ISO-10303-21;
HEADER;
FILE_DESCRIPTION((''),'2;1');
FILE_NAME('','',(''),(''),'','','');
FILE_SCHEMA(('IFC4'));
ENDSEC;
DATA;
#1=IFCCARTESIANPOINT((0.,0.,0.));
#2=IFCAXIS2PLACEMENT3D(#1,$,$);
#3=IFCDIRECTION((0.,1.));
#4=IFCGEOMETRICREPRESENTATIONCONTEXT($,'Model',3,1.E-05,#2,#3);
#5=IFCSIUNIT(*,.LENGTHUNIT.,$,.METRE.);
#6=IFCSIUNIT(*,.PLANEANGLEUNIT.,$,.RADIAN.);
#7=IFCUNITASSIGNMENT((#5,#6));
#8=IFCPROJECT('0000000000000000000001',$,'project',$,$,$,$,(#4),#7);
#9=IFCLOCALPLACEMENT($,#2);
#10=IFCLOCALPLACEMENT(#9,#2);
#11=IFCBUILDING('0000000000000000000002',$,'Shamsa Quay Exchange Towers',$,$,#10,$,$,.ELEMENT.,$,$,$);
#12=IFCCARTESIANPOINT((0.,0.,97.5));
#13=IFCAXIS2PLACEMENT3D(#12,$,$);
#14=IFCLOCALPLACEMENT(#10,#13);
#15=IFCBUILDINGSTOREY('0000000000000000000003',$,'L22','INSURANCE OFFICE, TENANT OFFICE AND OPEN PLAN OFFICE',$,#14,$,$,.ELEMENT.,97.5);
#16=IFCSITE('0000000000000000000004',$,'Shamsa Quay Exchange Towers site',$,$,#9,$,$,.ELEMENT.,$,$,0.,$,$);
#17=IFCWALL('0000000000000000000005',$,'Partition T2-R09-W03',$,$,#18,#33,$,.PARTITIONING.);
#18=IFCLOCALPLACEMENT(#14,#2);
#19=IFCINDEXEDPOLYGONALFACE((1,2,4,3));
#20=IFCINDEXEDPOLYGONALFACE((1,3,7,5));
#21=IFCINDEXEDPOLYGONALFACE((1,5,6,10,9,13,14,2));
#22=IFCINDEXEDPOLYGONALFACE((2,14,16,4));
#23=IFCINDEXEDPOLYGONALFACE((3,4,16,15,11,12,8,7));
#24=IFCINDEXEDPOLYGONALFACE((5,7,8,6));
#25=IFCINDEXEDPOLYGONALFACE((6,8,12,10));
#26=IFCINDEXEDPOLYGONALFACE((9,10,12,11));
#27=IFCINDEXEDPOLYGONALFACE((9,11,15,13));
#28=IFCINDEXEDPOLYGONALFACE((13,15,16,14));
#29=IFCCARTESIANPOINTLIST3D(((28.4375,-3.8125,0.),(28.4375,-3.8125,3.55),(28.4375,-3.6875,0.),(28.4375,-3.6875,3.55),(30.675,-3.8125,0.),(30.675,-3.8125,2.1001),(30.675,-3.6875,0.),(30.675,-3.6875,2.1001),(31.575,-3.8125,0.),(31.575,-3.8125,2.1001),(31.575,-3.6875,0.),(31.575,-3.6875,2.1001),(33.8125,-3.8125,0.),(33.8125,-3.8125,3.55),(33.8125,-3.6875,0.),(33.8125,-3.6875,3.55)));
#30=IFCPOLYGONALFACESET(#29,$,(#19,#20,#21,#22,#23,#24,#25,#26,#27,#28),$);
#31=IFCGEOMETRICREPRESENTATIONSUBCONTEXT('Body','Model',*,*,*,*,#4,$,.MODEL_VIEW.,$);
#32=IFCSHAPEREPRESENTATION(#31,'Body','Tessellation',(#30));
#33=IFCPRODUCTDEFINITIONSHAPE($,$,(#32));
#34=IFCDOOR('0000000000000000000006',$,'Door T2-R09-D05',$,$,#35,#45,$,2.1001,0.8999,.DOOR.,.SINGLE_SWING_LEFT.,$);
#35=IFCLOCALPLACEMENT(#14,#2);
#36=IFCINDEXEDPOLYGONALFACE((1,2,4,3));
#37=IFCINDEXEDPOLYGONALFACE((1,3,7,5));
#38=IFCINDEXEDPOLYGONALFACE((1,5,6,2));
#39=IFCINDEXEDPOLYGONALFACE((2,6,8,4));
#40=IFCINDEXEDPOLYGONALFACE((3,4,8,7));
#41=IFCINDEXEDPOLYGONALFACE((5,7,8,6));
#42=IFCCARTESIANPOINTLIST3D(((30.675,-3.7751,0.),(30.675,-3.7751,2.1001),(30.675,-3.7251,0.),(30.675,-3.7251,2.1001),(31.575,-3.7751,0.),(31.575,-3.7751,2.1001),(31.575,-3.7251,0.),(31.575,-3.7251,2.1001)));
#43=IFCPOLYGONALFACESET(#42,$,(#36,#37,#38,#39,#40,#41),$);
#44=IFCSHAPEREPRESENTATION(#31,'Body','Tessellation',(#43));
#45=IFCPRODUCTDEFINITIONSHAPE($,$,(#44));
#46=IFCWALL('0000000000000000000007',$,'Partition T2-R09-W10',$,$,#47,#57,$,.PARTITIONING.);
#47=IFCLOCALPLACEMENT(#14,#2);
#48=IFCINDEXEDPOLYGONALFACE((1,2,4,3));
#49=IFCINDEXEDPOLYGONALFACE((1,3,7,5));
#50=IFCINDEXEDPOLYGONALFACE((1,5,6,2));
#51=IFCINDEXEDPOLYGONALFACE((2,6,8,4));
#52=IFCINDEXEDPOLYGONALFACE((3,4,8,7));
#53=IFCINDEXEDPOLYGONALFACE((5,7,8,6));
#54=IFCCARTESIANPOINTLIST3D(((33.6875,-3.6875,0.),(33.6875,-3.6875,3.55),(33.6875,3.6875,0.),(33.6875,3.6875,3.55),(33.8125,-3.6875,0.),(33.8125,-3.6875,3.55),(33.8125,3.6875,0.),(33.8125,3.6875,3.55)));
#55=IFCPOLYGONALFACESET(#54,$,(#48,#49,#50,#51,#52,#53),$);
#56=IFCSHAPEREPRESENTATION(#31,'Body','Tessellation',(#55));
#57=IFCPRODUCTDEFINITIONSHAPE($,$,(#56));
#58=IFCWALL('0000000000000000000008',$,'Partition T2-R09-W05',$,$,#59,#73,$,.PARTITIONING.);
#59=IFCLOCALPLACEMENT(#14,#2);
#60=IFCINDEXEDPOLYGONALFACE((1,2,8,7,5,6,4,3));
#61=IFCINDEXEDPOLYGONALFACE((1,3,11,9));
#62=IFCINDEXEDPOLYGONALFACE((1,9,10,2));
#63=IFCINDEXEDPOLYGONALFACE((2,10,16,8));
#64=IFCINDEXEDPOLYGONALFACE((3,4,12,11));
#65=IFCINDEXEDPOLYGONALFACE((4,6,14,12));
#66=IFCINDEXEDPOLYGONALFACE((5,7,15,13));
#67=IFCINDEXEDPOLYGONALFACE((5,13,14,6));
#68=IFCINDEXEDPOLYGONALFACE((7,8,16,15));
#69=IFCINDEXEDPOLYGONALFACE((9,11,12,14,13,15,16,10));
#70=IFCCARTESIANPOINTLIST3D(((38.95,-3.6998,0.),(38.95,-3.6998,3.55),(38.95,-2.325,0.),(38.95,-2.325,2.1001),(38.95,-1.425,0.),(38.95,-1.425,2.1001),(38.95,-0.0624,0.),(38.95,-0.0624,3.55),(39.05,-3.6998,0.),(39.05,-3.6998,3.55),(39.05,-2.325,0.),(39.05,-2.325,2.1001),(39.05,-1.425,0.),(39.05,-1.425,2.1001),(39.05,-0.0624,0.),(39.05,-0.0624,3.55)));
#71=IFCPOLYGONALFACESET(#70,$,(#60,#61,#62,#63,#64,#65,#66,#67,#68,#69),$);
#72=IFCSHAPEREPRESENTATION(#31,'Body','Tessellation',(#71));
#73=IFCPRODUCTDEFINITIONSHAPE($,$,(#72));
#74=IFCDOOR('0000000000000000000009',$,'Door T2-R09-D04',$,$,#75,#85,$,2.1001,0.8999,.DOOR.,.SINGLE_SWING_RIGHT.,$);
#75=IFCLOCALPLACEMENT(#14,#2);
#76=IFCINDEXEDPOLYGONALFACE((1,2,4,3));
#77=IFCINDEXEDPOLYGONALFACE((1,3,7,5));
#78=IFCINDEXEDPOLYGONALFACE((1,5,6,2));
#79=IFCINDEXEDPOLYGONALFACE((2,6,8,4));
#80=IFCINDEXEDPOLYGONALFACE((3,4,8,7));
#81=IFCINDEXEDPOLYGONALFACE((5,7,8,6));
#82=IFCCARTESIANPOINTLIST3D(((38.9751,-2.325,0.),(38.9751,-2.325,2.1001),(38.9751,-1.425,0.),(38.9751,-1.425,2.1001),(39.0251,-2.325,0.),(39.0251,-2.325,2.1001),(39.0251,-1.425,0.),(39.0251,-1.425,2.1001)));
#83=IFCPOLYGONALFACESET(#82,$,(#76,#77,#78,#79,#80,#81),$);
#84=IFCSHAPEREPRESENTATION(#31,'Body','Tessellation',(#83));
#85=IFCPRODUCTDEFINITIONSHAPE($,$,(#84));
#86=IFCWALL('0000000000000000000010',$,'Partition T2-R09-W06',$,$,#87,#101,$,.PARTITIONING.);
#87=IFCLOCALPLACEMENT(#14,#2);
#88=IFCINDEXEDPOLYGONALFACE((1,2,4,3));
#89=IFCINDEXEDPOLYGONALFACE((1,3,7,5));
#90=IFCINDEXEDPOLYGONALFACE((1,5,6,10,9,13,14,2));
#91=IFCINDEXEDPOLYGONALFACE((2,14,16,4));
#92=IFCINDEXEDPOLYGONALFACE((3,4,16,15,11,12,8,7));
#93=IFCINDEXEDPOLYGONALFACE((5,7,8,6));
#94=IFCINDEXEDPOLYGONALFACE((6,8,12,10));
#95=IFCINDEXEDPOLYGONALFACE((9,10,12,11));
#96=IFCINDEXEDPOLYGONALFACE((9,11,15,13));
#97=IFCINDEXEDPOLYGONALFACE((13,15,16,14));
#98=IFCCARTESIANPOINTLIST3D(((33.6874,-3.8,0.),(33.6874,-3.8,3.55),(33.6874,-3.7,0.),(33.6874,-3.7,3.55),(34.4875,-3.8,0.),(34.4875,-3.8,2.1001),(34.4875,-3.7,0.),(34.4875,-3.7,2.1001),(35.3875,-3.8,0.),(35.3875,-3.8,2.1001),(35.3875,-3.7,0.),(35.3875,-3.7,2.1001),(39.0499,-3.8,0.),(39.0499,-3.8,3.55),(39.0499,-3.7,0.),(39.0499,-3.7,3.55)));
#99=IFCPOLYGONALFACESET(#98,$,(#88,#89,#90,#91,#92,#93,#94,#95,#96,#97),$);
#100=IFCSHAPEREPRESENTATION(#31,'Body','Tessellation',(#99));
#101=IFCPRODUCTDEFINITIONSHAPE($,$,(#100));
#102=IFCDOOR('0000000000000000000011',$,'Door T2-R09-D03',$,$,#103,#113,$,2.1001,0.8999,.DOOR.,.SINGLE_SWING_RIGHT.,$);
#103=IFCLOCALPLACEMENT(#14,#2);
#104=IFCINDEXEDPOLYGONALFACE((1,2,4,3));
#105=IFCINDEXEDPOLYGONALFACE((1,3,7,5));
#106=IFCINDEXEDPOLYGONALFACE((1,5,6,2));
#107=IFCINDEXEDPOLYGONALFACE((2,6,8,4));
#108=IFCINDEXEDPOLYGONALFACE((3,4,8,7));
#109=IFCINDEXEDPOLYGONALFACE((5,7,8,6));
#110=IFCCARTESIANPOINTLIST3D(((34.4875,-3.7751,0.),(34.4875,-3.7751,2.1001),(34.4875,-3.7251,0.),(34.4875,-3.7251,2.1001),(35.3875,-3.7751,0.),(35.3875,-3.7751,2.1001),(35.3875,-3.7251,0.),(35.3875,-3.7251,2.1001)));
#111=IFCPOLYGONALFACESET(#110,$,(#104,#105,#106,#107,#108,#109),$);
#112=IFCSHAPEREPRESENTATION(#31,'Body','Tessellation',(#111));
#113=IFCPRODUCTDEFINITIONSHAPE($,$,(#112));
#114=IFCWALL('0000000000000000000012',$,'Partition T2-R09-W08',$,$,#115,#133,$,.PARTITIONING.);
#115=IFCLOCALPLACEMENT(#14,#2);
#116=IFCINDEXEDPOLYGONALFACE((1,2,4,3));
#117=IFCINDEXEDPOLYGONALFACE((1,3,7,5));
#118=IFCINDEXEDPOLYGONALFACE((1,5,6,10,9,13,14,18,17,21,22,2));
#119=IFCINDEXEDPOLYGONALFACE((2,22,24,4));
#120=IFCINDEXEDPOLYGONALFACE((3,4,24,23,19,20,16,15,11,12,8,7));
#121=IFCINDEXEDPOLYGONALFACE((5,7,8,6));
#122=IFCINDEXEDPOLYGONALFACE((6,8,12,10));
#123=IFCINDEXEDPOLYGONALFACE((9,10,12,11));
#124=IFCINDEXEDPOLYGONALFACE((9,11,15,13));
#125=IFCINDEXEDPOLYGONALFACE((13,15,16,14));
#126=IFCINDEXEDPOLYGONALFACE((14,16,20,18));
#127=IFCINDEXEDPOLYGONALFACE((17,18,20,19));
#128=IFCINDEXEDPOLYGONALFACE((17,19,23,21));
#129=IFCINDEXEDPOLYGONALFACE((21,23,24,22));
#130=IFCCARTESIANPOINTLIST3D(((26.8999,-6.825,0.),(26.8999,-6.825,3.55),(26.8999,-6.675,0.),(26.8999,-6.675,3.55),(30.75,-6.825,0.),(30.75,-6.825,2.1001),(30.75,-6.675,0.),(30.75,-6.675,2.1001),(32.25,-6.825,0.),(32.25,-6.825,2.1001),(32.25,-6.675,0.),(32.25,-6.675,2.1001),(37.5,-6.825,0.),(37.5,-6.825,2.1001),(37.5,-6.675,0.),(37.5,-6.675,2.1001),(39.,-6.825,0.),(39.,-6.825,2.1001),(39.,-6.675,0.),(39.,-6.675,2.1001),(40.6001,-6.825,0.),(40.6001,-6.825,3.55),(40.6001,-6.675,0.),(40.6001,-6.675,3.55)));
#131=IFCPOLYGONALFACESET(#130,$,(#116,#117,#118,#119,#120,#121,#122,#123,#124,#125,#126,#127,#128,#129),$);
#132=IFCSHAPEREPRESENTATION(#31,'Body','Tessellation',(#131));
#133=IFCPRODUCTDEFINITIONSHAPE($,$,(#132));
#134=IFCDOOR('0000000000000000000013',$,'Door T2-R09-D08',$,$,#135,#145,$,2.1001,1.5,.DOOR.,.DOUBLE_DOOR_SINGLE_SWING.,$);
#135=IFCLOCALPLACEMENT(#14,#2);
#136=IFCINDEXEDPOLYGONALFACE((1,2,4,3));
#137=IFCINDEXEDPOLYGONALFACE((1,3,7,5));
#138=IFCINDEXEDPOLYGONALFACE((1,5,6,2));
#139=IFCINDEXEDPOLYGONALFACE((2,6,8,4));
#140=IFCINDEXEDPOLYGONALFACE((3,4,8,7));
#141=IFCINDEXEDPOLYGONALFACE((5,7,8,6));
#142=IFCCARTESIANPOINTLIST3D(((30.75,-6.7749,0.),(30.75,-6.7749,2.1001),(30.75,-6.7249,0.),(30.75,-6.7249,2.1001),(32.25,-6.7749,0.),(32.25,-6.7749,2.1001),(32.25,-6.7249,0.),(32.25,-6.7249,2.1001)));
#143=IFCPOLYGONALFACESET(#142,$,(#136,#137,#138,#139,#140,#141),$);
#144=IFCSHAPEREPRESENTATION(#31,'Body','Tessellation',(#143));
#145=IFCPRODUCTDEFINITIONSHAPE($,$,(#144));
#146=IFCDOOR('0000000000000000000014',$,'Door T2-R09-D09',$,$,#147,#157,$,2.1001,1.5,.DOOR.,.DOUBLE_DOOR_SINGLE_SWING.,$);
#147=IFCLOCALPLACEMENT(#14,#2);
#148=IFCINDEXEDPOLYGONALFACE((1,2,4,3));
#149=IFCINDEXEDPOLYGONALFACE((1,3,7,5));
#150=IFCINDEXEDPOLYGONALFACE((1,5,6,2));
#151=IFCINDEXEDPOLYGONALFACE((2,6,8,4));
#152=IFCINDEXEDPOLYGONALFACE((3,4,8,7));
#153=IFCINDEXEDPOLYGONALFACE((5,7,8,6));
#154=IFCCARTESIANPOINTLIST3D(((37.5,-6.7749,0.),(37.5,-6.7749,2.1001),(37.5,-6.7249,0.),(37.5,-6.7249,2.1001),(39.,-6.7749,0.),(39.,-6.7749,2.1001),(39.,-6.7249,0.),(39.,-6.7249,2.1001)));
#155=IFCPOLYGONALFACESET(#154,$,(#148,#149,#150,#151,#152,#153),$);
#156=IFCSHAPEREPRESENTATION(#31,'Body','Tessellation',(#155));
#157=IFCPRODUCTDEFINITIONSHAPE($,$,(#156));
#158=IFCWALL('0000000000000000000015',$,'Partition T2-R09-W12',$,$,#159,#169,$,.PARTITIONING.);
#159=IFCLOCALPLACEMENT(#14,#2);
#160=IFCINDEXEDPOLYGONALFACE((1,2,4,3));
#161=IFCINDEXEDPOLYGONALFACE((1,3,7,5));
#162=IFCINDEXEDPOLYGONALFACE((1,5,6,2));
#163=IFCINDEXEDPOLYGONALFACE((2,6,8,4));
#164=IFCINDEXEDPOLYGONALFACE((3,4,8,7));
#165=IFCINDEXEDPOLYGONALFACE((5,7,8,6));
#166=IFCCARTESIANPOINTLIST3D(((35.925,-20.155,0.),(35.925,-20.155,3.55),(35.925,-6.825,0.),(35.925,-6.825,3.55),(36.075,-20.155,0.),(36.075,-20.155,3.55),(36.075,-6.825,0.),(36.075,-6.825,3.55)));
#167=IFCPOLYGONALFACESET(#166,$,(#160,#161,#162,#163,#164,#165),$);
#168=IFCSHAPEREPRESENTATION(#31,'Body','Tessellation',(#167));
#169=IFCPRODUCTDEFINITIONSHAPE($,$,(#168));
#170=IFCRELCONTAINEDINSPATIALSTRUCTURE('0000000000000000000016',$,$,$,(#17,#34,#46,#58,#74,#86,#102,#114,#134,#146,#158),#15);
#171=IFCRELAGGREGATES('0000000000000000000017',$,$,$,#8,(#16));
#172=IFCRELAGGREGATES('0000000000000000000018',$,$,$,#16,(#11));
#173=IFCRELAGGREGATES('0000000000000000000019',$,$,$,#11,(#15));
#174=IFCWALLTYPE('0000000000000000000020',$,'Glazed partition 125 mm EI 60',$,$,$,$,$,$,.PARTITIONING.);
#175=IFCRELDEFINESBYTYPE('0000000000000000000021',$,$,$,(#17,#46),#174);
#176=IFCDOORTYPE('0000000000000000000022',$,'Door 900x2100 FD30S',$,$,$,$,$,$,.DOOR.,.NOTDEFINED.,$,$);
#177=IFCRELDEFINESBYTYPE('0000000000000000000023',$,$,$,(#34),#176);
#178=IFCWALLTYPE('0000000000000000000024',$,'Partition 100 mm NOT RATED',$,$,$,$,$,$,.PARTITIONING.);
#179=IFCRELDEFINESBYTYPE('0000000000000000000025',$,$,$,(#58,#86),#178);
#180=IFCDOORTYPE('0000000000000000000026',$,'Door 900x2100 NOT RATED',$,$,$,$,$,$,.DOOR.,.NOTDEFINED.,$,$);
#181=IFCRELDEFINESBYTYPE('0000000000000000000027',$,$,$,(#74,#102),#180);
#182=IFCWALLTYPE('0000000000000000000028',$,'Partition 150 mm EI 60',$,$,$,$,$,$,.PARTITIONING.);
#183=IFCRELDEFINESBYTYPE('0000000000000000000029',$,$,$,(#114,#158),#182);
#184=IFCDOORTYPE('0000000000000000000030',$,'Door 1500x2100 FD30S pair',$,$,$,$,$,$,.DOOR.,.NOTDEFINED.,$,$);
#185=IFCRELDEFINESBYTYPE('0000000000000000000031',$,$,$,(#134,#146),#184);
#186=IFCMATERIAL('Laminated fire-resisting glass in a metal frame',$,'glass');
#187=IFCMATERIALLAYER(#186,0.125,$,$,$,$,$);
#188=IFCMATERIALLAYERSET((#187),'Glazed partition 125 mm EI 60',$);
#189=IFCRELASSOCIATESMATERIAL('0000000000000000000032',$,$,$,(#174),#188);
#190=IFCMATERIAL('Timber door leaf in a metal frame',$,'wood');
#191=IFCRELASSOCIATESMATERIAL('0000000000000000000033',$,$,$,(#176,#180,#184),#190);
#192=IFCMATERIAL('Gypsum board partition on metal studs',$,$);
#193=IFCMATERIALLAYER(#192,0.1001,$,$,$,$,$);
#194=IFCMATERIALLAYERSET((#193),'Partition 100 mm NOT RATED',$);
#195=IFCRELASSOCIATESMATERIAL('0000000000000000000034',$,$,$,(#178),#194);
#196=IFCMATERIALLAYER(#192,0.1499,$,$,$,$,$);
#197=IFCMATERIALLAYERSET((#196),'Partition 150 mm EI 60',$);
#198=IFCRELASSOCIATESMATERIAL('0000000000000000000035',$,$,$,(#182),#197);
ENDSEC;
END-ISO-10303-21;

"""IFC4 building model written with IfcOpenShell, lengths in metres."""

from ifc_helpers import new_model, si_unit, direction, frame, frame_2d, origin, place, context, subcontext, project, spatial, rectangle, extrude, material, layer, layer_set, type_object, element, fill, save


model = new_model("IFC4")

# Units and contexts
model_context = context("Model", 3, precision=1e-05, world=origin(), true_north=direction((0.0, 1.0)))
body_context = subcontext(model_context, "Body", "Model", "MODEL_VIEW")
ifc_project = project(units=[si_unit("LENGTHUNIT", "METRE"), si_unit("PLANEANGLEUNIT", "RADIAN")], contexts=[model_context])

# Site, building, storey
site_placement = place(None, origin())
site = spatial("IfcSite", under=ifc_project, at=site_placement, Name="Shamsa Quay Exchange Towers site", CompositionType="ELEMENT", RefElevation=0.0)
building_placement = place(site_placement, origin())
building = spatial("IfcBuilding", under=site, at=building_placement, Name="Shamsa Quay Exchange Towers", CompositionType="ELEMENT")
storey_placement = place(building_placement, frame((0.0, 0.0, 97.5)))
storey = spatial("IfcBuildingStorey", under=building, at=storey_placement, Name="L22", Description="INSURANCE OFFICE, TENANT OFFICE AND OPEN PLAN OFFICE", CompositionType="ELEMENT", Elevation=97.5)

# Wall, opening, door
ifc_material_1 = material(Name="Laminated fire-resisting glass in a metal frame", Category="glass")
ifc_layer_1 = layer(ifc_material_1, 0.125)
ifc_layer_set_1 = layer_set([ifc_layer_1], Name="Glazed partition 125 mm EI 60")
wall_type_1 = type_object("IfcWallType", Name="Glazed partition 125 mm EI 60", PredefinedType="PARTITIONING", material=ifc_layer_set_1)
wall_1_placement = place(storey_placement, frame((28.4375, -3.75, 0.0)))
wall_1 = element("IfcWall", 1, at=wall_1_placement, inside=storey, type_object=wall_type_1, Name="Partition T2-R09-W03", PredefinedType="PARTITIONING", context=body_context, shape_type="SweptSolid", body=[
    extrude(rectangle(XDim=5.375, YDim=0.125, at=frame_2d((2.6875, 0.0))), origin(), (0.0, 0.0, 1.0), 3.55),
])
opening_1_placement = place(wall_1_placement, frame((2.2375, 0.0, 0.0)))
opening_1 = element("IfcOpeningElement", 2, at=opening_1_placement, cuts=wall_1, PredefinedType="OPENING", context=body_context, shape_type="SweptSolid", body=[
    extrude(rectangle(XDim=0.8999, YDim=2.1001, at=frame_2d((0.45, 1.05))), frame((0.0, 0.0725, 0.0), z_axis=(0.0, -1.0, 0.0), x_axis=(1.0, 0.0, 0.0)), (0.0, 0.0, 1.0), 0.145),
])
ifc_material_2 = material(Name="Timber door leaf in a metal frame", Category="wood")
door_type_1 = type_object("IfcDoorType", Name="Door 900x2100 FD30S", OperationType="NOTDEFINED", PredefinedType="DOOR", material=ifc_material_2)
door_1_placement = place(opening_1_placement, origin())
door_1 = element("IfcDoor", 3, at=door_1_placement, inside=storey, type_object=door_type_1, Name="Door T2-R09-D05", OperationType="SINGLE_SWING_LEFT", OverallHeight=2.1001, OverallWidth=0.8999, PredefinedType="DOOR", context=body_context, shape_type="SweptSolid", body=[
    extrude(rectangle(XDim=0.8999, YDim=2.1001, at=frame_2d((0.45, 1.05))), frame((0.0, 0.0249, 0.0), z_axis=(0.0, -1.0, 0.0), x_axis=(1.0, 0.0, 0.0)), (0.0, 0.0, 1.0), 0.05),
])
fill(opening_1, door_1)

# Wall
wall_2_placement = place(storey_placement, frame((33.75, -3.6875, 0.0), z_axis=(0.0, 0.0, 1.0), x_axis=(0.0, 1.0, 0.0)))
element("IfcWall", 4, at=wall_2_placement, inside=storey, type_object=wall_type_1, Name="Partition T2-R09-W10", PredefinedType="PARTITIONING", context=body_context, shape_type="SweptSolid", body=[
    extrude(rectangle(XDim=7.375, YDim=0.125, at=frame_2d((3.6875, 0.0))), origin(), (0.0, 0.0, 1.0), 3.55),
])

# Walls, openings, doors
ifc_material_3 = material(Name="Gypsum board partition on metal studs")
ifc_layer_2 = layer(ifc_material_3, 0.1001)
ifc_layer_set_2 = layer_set([ifc_layer_2], Name="Partition 100 mm NOT RATED")
wall_type_2 = type_object("IfcWallType", Name="Partition 100 mm NOT RATED", PredefinedType="PARTITIONING", material=ifc_layer_set_2)
wall_3_placement = place(storey_placement, frame((39.0, -3.7, 0.0), z_axis=(0.0, 0.0, 1.0), x_axis=(0.0, 1.0, 0.0)))
wall_3 = element("IfcWall", 5, at=wall_3_placement, inside=storey, type_object=wall_type_2, Name="Partition T2-R09-W05", PredefinedType="PARTITIONING", context=body_context, shape_type="SweptSolid", body=[
    extrude(rectangle(XDim=3.6375, YDim=0.1001, at=frame_2d((1.8188, 0.0))), origin(), (0.0, 0.0, 1.0), 3.55),
])
opening_2_placement = place(wall_3_placement, frame((1.375, 0.0, 0.0)))
opening_2 = element("IfcOpeningElement", 6, at=opening_2_placement, cuts=wall_3, PredefinedType="OPENING", context=body_context, shape_type="SweptSolid", body=[
    extrude(rectangle(XDim=0.8999, YDim=2.1001, at=frame_2d((0.45, 1.05))), frame((0.0, 0.0601, 0.0), z_axis=(0.0, -1.0, 0.0), x_axis=(1.0, 0.0, 0.0)), (0.0, 0.0, 1.0), 0.1201),
])
door_type_2 = type_object("IfcDoorType", Name="Door 900x2100 NOT RATED", OperationType="NOTDEFINED", PredefinedType="DOOR", material=ifc_material_2)
door_2_placement = place(opening_2_placement, origin())
door_2 = element("IfcDoor", 7, at=door_2_placement, inside=storey, type_object=door_type_2, Name="Door T2-R09-D04", OperationType="SINGLE_SWING_RIGHT", OverallHeight=2.1001, OverallWidth=0.8999, PredefinedType="DOOR", context=body_context, shape_type="SweptSolid", body=[
    extrude(rectangle(XDim=0.8999, YDim=2.1001, at=frame_2d((0.45, 1.05))), frame((0.0, 0.0249, 0.0), z_axis=(0.0, -1.0, 0.0), x_axis=(1.0, 0.0, 0.0)), (0.0, 0.0, 1.0), 0.05),
])
fill(opening_2, door_2)
wall_4_placement = place(storey_placement, frame((33.6875, -3.75, 0.0)))
wall_4 = element("IfcWall", 8, at=wall_4_placement, inside=storey, type_object=wall_type_2, Name="Partition T2-R09-W06", PredefinedType="PARTITIONING", context=body_context, shape_type="SweptSolid", body=[
    extrude(rectangle(XDim=5.3625, YDim=0.1001, at=frame_2d((2.6812, 0.0))), origin(), (0.0, 0.0, 1.0), 3.55),
])
opening_3_placement = place(wall_4_placement, frame((0.8, 0.0, 0.0)))
opening_3 = element("IfcOpeningElement", 9, at=opening_3_placement, cuts=wall_4, PredefinedType="OPENING", context=body_context, shape_type="SweptSolid", body=[
    extrude(rectangle(XDim=0.8999, YDim=2.1001, at=frame_2d((0.45, 1.05))), frame((0.0, 0.0601, 0.0), z_axis=(0.0, -1.0, 0.0), x_axis=(1.0, 0.0, 0.0)), (0.0, 0.0, 1.0), 0.1201),
])
door_3_placement = place(opening_3_placement, origin())
door_3 = element("IfcDoor", 10, at=door_3_placement, inside=storey, type_object=door_type_2, Name="Door T2-R09-D03", OperationType="SINGLE_SWING_RIGHT", OverallHeight=2.1001, OverallWidth=0.8999, PredefinedType="DOOR", context=body_context, shape_type="SweptSolid", body=[
    extrude(rectangle(XDim=0.8999, YDim=2.1001, at=frame_2d((0.45, 1.05))), frame((0.0, 0.0249, 0.0), z_axis=(0.0, -1.0, 0.0), x_axis=(1.0, 0.0, 0.0)), (0.0, 0.0, 1.0), 0.05),
])
fill(opening_3, door_3)

# Wall, openings, doors
ifc_layer_3 = layer(ifc_material_3, 0.1499)
ifc_layer_set_3 = layer_set([ifc_layer_3], Name="Partition 150 mm EI 60")
wall_type_3 = type_object("IfcWallType", Name="Partition 150 mm EI 60", PredefinedType="PARTITIONING", material=ifc_layer_set_3)
wall_5_placement = place(storey_placement, frame((40.6001, -6.75, 0.0), z_axis=(0.0, 0.0, 1.0), x_axis=(-1.0, 0.0, 0.0)))
wall_5 = element("IfcWall", 11, at=wall_5_placement, inside=storey, type_object=wall_type_3, Name="Partition T2-R09-W08", PredefinedType="PARTITIONING", context=body_context, shape_type="SweptSolid", body=[
    extrude(rectangle(XDim=13.7002, YDim=0.1499, at=frame_2d((6.8501, 0.0))), origin(), (0.0, 0.0, 1.0), 3.55),
])
opening_4_placement = place(wall_5_placement, frame((8.3501, 0.0, 0.0)))
opening_4 = element("IfcOpeningElement", 12, at=opening_4_placement, cuts=wall_5, PredefinedType="OPENING", context=body_context, shape_type="SweptSolid", body=[
    extrude(rectangle(XDim=1.5, YDim=2.1001, at=frame_2d((0.75, 1.05))), frame((0.0, 0.085, 0.0), z_axis=(0.0, -1.0, 0.0), x_axis=(1.0, 0.0, 0.0)), (0.0, 0.0, 1.0), 0.1699),
])
opening_5_placement = place(wall_5_placement, frame((1.6001, 0.0, 0.0)))
opening_5 = element("IfcOpeningElement", 13, at=opening_5_placement, cuts=wall_5, PredefinedType="OPENING", context=body_context, shape_type="SweptSolid", body=[
    extrude(rectangle(XDim=1.5, YDim=2.1001, at=frame_2d((0.75, 1.05))), frame((0.0, 0.085, 0.0), z_axis=(0.0, -1.0, 0.0), x_axis=(1.0, 0.0, 0.0)), (0.0, 0.0, 1.0), 0.1699),
])
door_type_3 = type_object("IfcDoorType", Name="Door 1500x2100 FD30S pair", OperationType="NOTDEFINED", PredefinedType="DOOR", material=ifc_material_2)
door_4_placement = place(opening_4_placement, origin())
door_4 = element("IfcDoor", 14, at=door_4_placement, inside=storey, type_object=door_type_3, Name="Door T2-R09-D08", OperationType="DOUBLE_DOOR_SINGLE_SWING", OverallHeight=2.1001, OverallWidth=1.5, PredefinedType="DOOR", context=body_context, shape_type="SweptSolid", body=[
    extrude(rectangle(XDim=1.5, YDim=2.1001, at=frame_2d((0.75, 1.05))), frame((0.0, 0.0249, 0.0), z_axis=(0.0, -1.0, 0.0), x_axis=(1.0, 0.0, 0.0)), (0.0, 0.0, 1.0), 0.05),
])
fill(opening_4, door_4)
door_5_placement = place(opening_5_placement, origin())
door_5 = element("IfcDoor", 15, at=door_5_placement, inside=storey, type_object=door_type_3, Name="Door T2-R09-D09", OperationType="DOUBLE_DOOR_SINGLE_SWING", OverallHeight=2.1001, OverallWidth=1.5, PredefinedType="DOOR", context=body_context, shape_type="SweptSolid", body=[
    extrude(rectangle(XDim=1.5, YDim=2.1001, at=frame_2d((0.75, 1.05))), frame((0.0, 0.0249, 0.0), z_axis=(0.0, -1.0, 0.0), x_axis=(1.0, 0.0, 0.0)), (0.0, 0.0, 1.0), 0.05),
])
fill(opening_5, door_5)

# Wall
wall_6_placement = place(storey_placement, frame((36.0, -6.825, 0.0), z_axis=(0.0, 0.0, 1.0), x_axis=(0.0, -1.0, 0.0)))
element("IfcWall", 16, at=wall_6_placement, inside=storey, type_object=wall_type_3, Name="Partition T2-R09-W12", PredefinedType="PARTITIONING", context=body_context, shape_type="SweptSolid", body=[
    extrude(rectangle(XDim=13.3301, YDim=0.1499, at=frame_2d((6.665, 0.0))), origin(), (0.0, 0.0, 1.0), 3.55),
])

save(model, "model.ifc")
